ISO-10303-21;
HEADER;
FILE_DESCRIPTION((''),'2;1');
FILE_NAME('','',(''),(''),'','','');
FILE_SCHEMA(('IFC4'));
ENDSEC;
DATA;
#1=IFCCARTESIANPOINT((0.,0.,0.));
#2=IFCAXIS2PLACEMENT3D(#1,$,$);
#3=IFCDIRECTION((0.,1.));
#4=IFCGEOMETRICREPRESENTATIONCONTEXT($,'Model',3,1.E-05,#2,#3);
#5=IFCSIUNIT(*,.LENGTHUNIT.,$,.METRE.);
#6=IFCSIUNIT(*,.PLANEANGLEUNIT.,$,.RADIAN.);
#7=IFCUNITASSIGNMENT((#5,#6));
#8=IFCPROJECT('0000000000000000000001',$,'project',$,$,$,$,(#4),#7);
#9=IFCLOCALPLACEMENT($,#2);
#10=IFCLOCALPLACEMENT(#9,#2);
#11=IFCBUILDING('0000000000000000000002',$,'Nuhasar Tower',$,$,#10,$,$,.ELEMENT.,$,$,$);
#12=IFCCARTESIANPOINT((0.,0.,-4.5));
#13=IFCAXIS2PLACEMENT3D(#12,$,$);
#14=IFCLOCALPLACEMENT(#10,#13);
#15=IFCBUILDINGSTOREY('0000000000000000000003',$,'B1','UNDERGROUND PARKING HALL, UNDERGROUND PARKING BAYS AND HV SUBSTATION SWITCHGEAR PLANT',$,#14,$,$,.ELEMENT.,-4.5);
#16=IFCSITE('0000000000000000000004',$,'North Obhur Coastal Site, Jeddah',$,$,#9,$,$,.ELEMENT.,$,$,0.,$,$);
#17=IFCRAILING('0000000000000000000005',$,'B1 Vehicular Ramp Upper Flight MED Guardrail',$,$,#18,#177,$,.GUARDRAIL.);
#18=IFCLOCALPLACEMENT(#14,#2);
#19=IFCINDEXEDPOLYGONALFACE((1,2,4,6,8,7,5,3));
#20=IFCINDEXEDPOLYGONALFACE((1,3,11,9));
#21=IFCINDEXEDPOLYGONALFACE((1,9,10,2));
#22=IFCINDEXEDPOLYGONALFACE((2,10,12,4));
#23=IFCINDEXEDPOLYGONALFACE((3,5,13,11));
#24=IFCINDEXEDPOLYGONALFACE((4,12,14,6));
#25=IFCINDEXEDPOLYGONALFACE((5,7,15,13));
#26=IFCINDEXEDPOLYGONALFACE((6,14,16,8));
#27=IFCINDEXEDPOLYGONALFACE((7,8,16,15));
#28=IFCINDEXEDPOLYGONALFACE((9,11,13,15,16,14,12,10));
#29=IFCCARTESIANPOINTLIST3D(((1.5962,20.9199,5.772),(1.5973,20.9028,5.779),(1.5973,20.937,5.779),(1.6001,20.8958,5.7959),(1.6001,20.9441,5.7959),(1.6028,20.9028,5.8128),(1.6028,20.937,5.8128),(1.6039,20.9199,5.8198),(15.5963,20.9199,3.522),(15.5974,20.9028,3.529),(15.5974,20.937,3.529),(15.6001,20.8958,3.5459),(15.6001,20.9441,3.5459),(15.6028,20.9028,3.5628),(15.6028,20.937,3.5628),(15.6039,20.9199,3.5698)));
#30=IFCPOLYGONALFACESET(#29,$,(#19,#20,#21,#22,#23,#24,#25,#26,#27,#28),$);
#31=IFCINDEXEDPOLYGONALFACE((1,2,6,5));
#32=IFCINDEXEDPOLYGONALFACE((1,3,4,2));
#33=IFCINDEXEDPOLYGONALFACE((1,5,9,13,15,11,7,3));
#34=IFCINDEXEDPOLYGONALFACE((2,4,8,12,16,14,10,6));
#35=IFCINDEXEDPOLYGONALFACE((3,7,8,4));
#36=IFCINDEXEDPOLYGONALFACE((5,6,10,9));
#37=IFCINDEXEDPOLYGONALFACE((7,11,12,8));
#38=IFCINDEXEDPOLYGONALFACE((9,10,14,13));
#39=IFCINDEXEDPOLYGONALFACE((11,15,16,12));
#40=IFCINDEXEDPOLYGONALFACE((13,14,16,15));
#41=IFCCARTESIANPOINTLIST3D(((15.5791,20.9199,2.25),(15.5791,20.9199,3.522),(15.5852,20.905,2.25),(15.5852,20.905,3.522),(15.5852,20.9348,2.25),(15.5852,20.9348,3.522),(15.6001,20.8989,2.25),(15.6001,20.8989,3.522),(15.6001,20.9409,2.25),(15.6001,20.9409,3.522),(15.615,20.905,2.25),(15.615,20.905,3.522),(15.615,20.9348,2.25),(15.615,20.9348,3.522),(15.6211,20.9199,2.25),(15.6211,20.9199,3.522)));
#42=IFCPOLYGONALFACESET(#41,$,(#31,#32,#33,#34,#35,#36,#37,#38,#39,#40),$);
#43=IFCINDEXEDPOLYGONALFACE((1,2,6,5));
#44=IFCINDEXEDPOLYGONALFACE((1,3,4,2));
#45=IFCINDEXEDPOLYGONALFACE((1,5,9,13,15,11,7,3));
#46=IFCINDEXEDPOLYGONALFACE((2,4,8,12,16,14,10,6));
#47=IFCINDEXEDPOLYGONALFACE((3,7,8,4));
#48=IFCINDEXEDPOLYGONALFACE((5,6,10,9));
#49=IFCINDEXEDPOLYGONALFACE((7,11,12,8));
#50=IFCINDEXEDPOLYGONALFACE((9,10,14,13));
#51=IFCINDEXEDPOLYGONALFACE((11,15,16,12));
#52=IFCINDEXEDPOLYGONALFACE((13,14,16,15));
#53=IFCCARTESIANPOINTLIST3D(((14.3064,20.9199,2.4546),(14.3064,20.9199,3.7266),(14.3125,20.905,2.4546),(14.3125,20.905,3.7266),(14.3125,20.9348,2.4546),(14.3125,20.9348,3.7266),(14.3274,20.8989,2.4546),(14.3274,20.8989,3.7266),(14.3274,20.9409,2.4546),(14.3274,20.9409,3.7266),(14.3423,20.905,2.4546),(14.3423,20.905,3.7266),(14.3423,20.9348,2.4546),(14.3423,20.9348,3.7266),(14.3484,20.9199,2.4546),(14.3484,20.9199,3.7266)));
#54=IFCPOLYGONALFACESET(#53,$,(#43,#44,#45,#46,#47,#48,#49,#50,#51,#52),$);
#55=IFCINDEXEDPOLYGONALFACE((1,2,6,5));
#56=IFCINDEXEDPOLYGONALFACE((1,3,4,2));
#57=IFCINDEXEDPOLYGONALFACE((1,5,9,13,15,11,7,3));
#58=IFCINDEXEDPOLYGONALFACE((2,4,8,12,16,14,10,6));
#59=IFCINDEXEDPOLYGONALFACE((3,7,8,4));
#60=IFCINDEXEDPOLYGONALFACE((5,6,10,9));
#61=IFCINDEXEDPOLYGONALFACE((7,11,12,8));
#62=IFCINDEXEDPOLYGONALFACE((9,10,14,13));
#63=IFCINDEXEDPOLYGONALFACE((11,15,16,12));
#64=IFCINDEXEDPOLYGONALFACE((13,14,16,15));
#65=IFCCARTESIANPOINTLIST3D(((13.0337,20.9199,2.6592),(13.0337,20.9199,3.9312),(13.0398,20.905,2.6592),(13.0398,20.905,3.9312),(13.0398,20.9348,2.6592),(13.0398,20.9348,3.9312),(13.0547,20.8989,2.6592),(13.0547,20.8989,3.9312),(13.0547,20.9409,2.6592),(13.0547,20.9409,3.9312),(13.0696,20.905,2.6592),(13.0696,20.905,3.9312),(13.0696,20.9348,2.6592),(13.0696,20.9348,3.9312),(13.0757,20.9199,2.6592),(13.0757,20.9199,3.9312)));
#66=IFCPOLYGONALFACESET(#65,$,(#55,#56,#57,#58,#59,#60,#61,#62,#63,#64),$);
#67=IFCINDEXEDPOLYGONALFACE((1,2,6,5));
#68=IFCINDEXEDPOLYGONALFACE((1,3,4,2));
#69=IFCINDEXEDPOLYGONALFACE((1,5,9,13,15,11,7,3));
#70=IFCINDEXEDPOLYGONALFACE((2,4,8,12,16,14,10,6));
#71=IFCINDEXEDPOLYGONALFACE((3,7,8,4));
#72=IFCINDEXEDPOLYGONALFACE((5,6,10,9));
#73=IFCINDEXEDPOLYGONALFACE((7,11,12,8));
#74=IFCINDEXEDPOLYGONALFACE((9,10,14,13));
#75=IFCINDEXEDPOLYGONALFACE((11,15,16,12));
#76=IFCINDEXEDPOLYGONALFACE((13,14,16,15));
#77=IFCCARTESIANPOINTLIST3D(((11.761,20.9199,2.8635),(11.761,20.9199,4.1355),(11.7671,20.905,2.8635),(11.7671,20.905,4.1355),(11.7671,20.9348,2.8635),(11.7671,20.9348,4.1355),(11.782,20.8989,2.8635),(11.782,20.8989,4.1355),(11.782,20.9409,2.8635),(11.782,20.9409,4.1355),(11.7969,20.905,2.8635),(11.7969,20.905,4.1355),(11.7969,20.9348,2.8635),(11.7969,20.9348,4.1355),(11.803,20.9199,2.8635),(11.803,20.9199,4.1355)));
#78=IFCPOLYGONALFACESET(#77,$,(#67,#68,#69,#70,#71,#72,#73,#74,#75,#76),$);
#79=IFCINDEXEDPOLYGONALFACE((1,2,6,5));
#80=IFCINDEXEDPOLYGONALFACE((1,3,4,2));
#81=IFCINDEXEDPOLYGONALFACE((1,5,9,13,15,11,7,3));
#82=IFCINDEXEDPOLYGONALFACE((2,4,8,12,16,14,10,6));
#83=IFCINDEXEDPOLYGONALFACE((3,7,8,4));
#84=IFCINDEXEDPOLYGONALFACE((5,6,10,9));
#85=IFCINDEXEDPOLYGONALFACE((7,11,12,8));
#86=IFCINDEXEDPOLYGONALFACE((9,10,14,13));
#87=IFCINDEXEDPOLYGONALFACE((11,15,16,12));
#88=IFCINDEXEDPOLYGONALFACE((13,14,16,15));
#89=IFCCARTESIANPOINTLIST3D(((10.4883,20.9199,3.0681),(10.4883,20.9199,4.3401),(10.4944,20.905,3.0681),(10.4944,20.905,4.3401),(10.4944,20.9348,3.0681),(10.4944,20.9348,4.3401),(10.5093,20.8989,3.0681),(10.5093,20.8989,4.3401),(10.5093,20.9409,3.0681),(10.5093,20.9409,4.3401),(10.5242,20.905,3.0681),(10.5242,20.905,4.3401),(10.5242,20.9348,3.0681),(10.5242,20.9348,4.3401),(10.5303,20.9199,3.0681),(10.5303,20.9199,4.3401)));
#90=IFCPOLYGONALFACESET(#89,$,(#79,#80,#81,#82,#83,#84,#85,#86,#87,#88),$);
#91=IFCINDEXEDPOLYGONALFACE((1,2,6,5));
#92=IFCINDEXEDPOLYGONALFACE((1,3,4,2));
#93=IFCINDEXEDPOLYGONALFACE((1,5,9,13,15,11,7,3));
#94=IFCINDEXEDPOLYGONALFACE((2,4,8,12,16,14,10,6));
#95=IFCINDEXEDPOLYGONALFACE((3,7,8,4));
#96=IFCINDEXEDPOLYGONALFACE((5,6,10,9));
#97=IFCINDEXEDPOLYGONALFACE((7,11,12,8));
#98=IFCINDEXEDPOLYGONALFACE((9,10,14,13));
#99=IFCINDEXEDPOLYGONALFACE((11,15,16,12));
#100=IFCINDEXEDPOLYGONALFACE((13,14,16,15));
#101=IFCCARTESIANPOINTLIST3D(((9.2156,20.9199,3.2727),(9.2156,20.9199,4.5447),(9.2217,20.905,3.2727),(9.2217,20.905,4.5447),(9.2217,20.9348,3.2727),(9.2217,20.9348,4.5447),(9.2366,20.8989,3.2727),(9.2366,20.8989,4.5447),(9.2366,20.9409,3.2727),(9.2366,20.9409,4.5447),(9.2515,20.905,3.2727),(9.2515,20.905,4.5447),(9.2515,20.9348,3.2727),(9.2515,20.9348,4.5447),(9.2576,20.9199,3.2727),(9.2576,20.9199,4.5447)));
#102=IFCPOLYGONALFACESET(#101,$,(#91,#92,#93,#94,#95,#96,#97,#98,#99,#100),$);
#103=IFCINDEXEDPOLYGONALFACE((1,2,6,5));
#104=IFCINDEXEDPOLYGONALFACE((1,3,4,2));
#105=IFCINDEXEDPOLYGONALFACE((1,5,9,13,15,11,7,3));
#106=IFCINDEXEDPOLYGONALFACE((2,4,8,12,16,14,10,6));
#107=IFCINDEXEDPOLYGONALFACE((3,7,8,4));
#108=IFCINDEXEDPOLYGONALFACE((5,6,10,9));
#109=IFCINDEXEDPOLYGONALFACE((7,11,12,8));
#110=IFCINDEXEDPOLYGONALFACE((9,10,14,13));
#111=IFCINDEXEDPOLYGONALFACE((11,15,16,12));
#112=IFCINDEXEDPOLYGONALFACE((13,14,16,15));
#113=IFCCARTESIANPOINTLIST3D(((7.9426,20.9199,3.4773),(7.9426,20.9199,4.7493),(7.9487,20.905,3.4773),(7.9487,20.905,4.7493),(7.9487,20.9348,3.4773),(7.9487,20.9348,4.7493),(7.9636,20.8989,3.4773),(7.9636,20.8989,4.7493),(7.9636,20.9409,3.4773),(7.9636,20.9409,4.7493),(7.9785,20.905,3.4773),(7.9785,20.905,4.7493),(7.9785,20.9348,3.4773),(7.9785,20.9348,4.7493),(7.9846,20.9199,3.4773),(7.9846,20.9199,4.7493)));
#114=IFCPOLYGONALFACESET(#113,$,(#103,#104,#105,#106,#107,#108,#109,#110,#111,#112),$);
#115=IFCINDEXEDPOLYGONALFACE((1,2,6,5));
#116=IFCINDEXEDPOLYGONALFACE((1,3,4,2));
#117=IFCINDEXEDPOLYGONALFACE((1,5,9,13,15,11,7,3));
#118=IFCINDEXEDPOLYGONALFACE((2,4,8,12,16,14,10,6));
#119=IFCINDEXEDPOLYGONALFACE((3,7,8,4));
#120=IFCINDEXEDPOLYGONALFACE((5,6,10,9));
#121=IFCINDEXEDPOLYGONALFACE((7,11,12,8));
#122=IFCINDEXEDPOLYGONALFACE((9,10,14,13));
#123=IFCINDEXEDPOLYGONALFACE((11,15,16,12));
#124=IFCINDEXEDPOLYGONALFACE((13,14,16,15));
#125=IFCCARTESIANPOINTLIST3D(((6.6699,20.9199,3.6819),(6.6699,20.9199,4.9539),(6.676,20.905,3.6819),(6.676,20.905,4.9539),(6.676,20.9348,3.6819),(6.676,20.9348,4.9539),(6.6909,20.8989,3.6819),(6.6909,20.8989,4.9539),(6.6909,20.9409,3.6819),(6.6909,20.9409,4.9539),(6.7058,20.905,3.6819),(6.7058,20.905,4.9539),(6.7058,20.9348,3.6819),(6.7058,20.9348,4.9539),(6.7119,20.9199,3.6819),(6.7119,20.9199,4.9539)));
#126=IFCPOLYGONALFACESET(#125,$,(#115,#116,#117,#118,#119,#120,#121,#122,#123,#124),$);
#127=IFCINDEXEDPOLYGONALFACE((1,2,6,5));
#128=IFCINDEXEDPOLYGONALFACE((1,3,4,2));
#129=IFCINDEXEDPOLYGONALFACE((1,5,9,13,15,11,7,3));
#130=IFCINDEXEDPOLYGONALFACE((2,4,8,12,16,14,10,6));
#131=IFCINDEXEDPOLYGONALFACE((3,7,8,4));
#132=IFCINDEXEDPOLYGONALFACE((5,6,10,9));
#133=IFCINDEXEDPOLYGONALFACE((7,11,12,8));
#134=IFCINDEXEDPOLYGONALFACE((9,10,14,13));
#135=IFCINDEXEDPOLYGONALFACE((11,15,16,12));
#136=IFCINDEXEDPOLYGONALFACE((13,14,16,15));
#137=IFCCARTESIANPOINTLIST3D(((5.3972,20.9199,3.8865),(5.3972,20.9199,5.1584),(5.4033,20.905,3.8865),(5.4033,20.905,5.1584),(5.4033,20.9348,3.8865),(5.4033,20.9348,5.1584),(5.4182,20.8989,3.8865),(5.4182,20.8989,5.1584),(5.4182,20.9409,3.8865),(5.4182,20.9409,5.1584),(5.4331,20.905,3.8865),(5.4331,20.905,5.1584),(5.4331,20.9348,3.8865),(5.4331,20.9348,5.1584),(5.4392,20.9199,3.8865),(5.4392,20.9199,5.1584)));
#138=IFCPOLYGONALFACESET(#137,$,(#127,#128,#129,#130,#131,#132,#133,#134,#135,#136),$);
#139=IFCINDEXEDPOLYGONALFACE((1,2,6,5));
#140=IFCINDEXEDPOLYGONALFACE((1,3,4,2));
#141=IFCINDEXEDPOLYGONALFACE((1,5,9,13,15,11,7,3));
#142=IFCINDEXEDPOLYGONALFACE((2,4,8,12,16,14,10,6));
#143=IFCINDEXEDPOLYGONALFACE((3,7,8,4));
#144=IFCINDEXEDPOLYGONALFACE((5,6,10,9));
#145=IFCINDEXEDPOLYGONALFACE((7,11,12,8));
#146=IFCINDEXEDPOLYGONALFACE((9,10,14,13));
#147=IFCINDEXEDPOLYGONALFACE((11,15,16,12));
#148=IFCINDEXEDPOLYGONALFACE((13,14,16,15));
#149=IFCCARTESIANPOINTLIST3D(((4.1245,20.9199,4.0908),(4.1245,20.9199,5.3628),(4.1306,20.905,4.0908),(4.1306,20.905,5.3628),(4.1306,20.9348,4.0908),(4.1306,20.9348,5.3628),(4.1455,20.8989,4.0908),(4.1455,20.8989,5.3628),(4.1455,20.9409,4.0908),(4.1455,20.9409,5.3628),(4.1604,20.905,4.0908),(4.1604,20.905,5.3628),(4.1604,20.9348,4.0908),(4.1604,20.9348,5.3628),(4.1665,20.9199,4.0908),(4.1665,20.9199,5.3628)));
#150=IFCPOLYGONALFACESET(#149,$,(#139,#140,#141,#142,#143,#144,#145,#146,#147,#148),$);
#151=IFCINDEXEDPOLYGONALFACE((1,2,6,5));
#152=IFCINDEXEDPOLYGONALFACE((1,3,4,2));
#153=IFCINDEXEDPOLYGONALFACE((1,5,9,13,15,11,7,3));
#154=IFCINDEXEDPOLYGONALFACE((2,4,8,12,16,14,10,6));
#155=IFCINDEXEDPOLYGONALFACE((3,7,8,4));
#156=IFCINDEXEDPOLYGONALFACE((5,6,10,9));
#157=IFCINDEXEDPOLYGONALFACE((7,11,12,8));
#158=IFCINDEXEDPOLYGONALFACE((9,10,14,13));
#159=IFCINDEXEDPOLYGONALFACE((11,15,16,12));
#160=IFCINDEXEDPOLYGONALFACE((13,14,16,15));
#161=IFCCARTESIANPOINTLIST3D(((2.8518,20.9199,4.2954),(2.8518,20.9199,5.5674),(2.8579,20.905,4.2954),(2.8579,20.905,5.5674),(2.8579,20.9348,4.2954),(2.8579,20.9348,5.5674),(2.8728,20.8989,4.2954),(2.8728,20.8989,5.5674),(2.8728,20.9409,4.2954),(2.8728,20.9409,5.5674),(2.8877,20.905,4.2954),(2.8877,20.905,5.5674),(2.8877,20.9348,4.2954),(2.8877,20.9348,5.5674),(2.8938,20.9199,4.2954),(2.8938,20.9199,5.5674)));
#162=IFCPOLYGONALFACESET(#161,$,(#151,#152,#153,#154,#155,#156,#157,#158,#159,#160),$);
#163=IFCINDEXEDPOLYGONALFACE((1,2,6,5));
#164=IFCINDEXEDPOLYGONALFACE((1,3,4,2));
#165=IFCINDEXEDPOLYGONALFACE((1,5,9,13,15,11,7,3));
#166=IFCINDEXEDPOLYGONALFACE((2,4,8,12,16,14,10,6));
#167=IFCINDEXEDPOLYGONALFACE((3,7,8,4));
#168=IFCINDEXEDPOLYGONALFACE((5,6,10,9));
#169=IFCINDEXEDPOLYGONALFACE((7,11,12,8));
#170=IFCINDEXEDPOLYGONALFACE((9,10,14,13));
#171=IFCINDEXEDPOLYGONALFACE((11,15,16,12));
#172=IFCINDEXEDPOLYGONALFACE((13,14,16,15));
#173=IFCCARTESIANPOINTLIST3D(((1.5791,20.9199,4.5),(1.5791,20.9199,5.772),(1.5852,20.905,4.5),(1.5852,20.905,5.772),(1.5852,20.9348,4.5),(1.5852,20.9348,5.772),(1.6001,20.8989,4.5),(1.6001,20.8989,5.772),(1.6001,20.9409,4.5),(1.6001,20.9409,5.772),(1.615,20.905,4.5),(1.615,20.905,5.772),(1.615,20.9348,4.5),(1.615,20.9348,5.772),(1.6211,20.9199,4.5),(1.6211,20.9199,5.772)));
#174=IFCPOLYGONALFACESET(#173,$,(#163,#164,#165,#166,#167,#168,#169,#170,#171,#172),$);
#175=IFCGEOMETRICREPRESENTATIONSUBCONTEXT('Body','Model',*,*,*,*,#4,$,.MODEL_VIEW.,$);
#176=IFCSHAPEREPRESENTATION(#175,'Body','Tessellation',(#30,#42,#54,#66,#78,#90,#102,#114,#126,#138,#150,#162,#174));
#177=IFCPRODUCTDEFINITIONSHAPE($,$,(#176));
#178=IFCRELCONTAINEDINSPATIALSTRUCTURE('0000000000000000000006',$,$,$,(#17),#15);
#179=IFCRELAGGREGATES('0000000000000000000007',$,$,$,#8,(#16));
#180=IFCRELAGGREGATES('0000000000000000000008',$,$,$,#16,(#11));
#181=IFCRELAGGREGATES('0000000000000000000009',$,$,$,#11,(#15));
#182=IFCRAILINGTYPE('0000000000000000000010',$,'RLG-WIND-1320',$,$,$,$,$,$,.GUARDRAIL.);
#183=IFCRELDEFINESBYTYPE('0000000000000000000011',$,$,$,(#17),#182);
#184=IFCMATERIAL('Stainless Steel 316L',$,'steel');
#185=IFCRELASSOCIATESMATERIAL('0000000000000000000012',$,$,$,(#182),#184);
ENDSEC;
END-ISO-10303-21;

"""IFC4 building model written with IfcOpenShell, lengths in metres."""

from ifc_helpers import new_model, si_unit, direction, frame, origin, place, context, subcontext, project, spatial, polyline, outline, extrude, material, type_object, element, save


model = new_model("IFC4")

# Units and contexts
model_context = context("Model", 3, precision=1e-05, world=origin(), true_north=direction((0.0, 1.0)))
body_context = subcontext(model_context, "Body", "Model", "MODEL_VIEW")
ifc_project = project(units=[si_unit("LENGTHUNIT", "METRE"), si_unit("PLANEANGLEUNIT", "RADIAN")], contexts=[model_context])

# Site, building, storey
site_placement = place(None, origin())
site = spatial("IfcSite", under=ifc_project, at=site_placement, Name="North Obhur Coastal Site, Jeddah", CompositionType="ELEMENT", RefElevation=0.0)
building_placement = place(site_placement, origin())
building = spatial("IfcBuilding", under=site, at=building_placement, Name="Nuhasar Tower", CompositionType="ELEMENT")
storey_placement = place(building_placement, frame((0.0, 0.0, -4.5)))
storey = spatial("IfcBuildingStorey", under=building, at=storey_placement, Name="B1", Description="UNDERGROUND PARKING HALL, UNDERGROUND PARKING BAYS AND HV SUBSTATION SWITCHGEAR PLANT", CompositionType="ELEMENT", Elevation=-4.5)

# Railing
ifc_material_1 = material(Name="Stainless Steel 316L", Category="steel")
railing_type = type_object("IfcRailingType", Name="RLG-WIND-1320", PredefinedType="GUARDRAIL", material=ifc_material_1)
railing_1_placement = place(storey_placement, frame((15.6001, 20.9199, 2.25)))
element("IfcRailing", 1, at=railing_1_placement, inside=storey, type_object=railing_type, Name="B1 Vehicular Ramp Upper Flight MED Guardrail", PredefinedType="GUARDRAIL", context=body_context, shape_type="SweptSolid", body=[
    extrude(outline(polyline([(0.0242, 0.0), (0.0171, 0.0171), (0.0, 0.0242), (-0.0171, 0.0171), (-0.0242, 0.0), (-0.0171, -0.0171), (0.0, -0.0242), (0.0171, -0.0171), (0.0242, 0.0)])), frame((0.0, 0.0, 1.2959), z_axis=(-0.98733, 0.0, 0.158678), x_axis=(0.0, -1.0, 0.0)), (0.0, 0.0, 1.0), 14.1797),
    extrude(outline(polyline([(0.021, 0.0), (0.0149, 0.0149), (0.0, 0.021), (-0.0149, 0.0149), (-0.021, 0.0), (-0.0149, -0.0149), (0.0, -0.021), (0.0149, -0.0149), (0.021, 0.0)])), origin(), (0.0, 0.0, 1.0), 1.272),
    extrude(outline(polyline([(0.021, 0.0), (0.0149, 0.0149), (0.0, 0.021), (-0.0149, 0.0149), (-0.021, 0.0), (-0.0149, -0.0149), (0.0, -0.021), (0.0149, -0.0149), (0.021, 0.0)])), frame((-1.2727, 0.0, 0.2046)), (0.0, 0.0, 1.0), 1.272),
    extrude(outline(polyline([(0.021, 0.0), (0.0149, 0.0149), (0.0, 0.021), (-0.0149, 0.0149), (-0.021, 0.0), (-0.0149, -0.0149), (0.0, -0.021), (0.0149, -0.0149), (0.021, 0.0)])), frame((-2.5454, 0.0, 0.4092)), (0.0, 0.0, 1.0), 1.272),
    extrude(outline(polyline([(0.021, 0.0), (0.0149, 0.0149), (0.0, 0.021), (-0.0149, 0.0149), (-0.021, 0.0), (-0.0149, -0.0149), (0.0, -0.021), (0.0149, -0.0149), (0.021, 0.0)])), frame((-3.8181, 0.0, 0.6135)), (0.0, 0.0, 1.0), 1.272),
    extrude(outline(polyline([(0.021, 0.0), (0.0149, 0.0149), (0.0, 0.021), (-0.0149, 0.0149), (-0.021, 0.0), (-0.0149, -0.0149), (0.0, -0.021), (0.0149, -0.0149), (0.021, 0.0)])), frame((-5.0908, 0.0, 0.8181)), (0.0, 0.0, 1.0), 1.272),
    extrude(outline(polyline([(0.021, 0.0), (0.0149, 0.0149), (0.0, 0.021), (-0.0149, 0.0149), (-0.021, 0.0), (-0.0149, -0.0149), (0.0, -0.021), (0.0149, -0.0149), (0.021, 0.0)])), frame((-6.3635, 0.0, 1.0227)), (0.0, 0.0, 1.0), 1.272),
    extrude(outline(polyline([(0.021, 0.0), (0.0149, 0.0149), (0.0, 0.021), (-0.0149, 0.0149), (-0.021, 0.0), (-0.0149, -0.0149), (0.0, -0.021), (0.0149, -0.0149), (0.021, 0.0)])), frame((-7.6365, 0.0, 1.2273)), (0.0, 0.0, 1.0), 1.272),
    extrude(outline(polyline([(0.021, 0.0), (0.0149, 0.0149), (0.0, 0.021), (-0.0149, 0.0149), (-0.021, 0.0), (-0.0149, -0.0149), (0.0, -0.021), (0.0149, -0.0149), (0.021, 0.0)])), frame((-8.9092, 0.0, 1.4319)), (0.0, 0.0, 1.0), 1.272),
    extrude(outline(polyline([(0.021, 0.0), (0.0149, 0.0149), (0.0, 0.021), (-0.0149, 0.0149), (-0.021, 0.0), (-0.0149, -0.0149), (0.0, -0.021), (0.0149, -0.0149), (0.021, 0.0)])), frame((-10.1819, 0.0, 1.6365)), (0.0, 0.0, 1.0), 1.272),
    extrude(outline(polyline([(0.021, 0.0), (0.0149, 0.0149), (0.0, 0.021), (-0.0149, 0.0149), (-0.021, 0.0), (-0.0149, -0.0149), (0.0, -0.021), (0.0149, -0.0149), (0.021, 0.0)])), frame((-11.4546, 0.0, 1.8408)), (0.0, 0.0, 1.0), 1.272),
    extrude(outline(polyline([(0.021, 0.0), (0.0149, 0.0149), (0.0, 0.021), (-0.0149, 0.0149), (-0.021, 0.0), (-0.0149, -0.0149), (0.0, -0.021), (0.0149, -0.0149), (0.021, 0.0)])), frame((-12.7273, 0.0, 2.0454)), (0.0, 0.0, 1.0), 1.272),
    extrude(outline(polyline([(0.021, 0.0), (0.0149, 0.0149), (0.0, 0.021), (-0.0149, 0.0149), (-0.021, 0.0), (-0.0149, -0.0149), (0.0, -0.021), (0.0149, -0.0149), (0.021, 0.0)])), frame((-14.0, 0.0, 2.25)), (0.0, 0.0, 1.0), 1.272),
])

save(model, "model.ifc")
